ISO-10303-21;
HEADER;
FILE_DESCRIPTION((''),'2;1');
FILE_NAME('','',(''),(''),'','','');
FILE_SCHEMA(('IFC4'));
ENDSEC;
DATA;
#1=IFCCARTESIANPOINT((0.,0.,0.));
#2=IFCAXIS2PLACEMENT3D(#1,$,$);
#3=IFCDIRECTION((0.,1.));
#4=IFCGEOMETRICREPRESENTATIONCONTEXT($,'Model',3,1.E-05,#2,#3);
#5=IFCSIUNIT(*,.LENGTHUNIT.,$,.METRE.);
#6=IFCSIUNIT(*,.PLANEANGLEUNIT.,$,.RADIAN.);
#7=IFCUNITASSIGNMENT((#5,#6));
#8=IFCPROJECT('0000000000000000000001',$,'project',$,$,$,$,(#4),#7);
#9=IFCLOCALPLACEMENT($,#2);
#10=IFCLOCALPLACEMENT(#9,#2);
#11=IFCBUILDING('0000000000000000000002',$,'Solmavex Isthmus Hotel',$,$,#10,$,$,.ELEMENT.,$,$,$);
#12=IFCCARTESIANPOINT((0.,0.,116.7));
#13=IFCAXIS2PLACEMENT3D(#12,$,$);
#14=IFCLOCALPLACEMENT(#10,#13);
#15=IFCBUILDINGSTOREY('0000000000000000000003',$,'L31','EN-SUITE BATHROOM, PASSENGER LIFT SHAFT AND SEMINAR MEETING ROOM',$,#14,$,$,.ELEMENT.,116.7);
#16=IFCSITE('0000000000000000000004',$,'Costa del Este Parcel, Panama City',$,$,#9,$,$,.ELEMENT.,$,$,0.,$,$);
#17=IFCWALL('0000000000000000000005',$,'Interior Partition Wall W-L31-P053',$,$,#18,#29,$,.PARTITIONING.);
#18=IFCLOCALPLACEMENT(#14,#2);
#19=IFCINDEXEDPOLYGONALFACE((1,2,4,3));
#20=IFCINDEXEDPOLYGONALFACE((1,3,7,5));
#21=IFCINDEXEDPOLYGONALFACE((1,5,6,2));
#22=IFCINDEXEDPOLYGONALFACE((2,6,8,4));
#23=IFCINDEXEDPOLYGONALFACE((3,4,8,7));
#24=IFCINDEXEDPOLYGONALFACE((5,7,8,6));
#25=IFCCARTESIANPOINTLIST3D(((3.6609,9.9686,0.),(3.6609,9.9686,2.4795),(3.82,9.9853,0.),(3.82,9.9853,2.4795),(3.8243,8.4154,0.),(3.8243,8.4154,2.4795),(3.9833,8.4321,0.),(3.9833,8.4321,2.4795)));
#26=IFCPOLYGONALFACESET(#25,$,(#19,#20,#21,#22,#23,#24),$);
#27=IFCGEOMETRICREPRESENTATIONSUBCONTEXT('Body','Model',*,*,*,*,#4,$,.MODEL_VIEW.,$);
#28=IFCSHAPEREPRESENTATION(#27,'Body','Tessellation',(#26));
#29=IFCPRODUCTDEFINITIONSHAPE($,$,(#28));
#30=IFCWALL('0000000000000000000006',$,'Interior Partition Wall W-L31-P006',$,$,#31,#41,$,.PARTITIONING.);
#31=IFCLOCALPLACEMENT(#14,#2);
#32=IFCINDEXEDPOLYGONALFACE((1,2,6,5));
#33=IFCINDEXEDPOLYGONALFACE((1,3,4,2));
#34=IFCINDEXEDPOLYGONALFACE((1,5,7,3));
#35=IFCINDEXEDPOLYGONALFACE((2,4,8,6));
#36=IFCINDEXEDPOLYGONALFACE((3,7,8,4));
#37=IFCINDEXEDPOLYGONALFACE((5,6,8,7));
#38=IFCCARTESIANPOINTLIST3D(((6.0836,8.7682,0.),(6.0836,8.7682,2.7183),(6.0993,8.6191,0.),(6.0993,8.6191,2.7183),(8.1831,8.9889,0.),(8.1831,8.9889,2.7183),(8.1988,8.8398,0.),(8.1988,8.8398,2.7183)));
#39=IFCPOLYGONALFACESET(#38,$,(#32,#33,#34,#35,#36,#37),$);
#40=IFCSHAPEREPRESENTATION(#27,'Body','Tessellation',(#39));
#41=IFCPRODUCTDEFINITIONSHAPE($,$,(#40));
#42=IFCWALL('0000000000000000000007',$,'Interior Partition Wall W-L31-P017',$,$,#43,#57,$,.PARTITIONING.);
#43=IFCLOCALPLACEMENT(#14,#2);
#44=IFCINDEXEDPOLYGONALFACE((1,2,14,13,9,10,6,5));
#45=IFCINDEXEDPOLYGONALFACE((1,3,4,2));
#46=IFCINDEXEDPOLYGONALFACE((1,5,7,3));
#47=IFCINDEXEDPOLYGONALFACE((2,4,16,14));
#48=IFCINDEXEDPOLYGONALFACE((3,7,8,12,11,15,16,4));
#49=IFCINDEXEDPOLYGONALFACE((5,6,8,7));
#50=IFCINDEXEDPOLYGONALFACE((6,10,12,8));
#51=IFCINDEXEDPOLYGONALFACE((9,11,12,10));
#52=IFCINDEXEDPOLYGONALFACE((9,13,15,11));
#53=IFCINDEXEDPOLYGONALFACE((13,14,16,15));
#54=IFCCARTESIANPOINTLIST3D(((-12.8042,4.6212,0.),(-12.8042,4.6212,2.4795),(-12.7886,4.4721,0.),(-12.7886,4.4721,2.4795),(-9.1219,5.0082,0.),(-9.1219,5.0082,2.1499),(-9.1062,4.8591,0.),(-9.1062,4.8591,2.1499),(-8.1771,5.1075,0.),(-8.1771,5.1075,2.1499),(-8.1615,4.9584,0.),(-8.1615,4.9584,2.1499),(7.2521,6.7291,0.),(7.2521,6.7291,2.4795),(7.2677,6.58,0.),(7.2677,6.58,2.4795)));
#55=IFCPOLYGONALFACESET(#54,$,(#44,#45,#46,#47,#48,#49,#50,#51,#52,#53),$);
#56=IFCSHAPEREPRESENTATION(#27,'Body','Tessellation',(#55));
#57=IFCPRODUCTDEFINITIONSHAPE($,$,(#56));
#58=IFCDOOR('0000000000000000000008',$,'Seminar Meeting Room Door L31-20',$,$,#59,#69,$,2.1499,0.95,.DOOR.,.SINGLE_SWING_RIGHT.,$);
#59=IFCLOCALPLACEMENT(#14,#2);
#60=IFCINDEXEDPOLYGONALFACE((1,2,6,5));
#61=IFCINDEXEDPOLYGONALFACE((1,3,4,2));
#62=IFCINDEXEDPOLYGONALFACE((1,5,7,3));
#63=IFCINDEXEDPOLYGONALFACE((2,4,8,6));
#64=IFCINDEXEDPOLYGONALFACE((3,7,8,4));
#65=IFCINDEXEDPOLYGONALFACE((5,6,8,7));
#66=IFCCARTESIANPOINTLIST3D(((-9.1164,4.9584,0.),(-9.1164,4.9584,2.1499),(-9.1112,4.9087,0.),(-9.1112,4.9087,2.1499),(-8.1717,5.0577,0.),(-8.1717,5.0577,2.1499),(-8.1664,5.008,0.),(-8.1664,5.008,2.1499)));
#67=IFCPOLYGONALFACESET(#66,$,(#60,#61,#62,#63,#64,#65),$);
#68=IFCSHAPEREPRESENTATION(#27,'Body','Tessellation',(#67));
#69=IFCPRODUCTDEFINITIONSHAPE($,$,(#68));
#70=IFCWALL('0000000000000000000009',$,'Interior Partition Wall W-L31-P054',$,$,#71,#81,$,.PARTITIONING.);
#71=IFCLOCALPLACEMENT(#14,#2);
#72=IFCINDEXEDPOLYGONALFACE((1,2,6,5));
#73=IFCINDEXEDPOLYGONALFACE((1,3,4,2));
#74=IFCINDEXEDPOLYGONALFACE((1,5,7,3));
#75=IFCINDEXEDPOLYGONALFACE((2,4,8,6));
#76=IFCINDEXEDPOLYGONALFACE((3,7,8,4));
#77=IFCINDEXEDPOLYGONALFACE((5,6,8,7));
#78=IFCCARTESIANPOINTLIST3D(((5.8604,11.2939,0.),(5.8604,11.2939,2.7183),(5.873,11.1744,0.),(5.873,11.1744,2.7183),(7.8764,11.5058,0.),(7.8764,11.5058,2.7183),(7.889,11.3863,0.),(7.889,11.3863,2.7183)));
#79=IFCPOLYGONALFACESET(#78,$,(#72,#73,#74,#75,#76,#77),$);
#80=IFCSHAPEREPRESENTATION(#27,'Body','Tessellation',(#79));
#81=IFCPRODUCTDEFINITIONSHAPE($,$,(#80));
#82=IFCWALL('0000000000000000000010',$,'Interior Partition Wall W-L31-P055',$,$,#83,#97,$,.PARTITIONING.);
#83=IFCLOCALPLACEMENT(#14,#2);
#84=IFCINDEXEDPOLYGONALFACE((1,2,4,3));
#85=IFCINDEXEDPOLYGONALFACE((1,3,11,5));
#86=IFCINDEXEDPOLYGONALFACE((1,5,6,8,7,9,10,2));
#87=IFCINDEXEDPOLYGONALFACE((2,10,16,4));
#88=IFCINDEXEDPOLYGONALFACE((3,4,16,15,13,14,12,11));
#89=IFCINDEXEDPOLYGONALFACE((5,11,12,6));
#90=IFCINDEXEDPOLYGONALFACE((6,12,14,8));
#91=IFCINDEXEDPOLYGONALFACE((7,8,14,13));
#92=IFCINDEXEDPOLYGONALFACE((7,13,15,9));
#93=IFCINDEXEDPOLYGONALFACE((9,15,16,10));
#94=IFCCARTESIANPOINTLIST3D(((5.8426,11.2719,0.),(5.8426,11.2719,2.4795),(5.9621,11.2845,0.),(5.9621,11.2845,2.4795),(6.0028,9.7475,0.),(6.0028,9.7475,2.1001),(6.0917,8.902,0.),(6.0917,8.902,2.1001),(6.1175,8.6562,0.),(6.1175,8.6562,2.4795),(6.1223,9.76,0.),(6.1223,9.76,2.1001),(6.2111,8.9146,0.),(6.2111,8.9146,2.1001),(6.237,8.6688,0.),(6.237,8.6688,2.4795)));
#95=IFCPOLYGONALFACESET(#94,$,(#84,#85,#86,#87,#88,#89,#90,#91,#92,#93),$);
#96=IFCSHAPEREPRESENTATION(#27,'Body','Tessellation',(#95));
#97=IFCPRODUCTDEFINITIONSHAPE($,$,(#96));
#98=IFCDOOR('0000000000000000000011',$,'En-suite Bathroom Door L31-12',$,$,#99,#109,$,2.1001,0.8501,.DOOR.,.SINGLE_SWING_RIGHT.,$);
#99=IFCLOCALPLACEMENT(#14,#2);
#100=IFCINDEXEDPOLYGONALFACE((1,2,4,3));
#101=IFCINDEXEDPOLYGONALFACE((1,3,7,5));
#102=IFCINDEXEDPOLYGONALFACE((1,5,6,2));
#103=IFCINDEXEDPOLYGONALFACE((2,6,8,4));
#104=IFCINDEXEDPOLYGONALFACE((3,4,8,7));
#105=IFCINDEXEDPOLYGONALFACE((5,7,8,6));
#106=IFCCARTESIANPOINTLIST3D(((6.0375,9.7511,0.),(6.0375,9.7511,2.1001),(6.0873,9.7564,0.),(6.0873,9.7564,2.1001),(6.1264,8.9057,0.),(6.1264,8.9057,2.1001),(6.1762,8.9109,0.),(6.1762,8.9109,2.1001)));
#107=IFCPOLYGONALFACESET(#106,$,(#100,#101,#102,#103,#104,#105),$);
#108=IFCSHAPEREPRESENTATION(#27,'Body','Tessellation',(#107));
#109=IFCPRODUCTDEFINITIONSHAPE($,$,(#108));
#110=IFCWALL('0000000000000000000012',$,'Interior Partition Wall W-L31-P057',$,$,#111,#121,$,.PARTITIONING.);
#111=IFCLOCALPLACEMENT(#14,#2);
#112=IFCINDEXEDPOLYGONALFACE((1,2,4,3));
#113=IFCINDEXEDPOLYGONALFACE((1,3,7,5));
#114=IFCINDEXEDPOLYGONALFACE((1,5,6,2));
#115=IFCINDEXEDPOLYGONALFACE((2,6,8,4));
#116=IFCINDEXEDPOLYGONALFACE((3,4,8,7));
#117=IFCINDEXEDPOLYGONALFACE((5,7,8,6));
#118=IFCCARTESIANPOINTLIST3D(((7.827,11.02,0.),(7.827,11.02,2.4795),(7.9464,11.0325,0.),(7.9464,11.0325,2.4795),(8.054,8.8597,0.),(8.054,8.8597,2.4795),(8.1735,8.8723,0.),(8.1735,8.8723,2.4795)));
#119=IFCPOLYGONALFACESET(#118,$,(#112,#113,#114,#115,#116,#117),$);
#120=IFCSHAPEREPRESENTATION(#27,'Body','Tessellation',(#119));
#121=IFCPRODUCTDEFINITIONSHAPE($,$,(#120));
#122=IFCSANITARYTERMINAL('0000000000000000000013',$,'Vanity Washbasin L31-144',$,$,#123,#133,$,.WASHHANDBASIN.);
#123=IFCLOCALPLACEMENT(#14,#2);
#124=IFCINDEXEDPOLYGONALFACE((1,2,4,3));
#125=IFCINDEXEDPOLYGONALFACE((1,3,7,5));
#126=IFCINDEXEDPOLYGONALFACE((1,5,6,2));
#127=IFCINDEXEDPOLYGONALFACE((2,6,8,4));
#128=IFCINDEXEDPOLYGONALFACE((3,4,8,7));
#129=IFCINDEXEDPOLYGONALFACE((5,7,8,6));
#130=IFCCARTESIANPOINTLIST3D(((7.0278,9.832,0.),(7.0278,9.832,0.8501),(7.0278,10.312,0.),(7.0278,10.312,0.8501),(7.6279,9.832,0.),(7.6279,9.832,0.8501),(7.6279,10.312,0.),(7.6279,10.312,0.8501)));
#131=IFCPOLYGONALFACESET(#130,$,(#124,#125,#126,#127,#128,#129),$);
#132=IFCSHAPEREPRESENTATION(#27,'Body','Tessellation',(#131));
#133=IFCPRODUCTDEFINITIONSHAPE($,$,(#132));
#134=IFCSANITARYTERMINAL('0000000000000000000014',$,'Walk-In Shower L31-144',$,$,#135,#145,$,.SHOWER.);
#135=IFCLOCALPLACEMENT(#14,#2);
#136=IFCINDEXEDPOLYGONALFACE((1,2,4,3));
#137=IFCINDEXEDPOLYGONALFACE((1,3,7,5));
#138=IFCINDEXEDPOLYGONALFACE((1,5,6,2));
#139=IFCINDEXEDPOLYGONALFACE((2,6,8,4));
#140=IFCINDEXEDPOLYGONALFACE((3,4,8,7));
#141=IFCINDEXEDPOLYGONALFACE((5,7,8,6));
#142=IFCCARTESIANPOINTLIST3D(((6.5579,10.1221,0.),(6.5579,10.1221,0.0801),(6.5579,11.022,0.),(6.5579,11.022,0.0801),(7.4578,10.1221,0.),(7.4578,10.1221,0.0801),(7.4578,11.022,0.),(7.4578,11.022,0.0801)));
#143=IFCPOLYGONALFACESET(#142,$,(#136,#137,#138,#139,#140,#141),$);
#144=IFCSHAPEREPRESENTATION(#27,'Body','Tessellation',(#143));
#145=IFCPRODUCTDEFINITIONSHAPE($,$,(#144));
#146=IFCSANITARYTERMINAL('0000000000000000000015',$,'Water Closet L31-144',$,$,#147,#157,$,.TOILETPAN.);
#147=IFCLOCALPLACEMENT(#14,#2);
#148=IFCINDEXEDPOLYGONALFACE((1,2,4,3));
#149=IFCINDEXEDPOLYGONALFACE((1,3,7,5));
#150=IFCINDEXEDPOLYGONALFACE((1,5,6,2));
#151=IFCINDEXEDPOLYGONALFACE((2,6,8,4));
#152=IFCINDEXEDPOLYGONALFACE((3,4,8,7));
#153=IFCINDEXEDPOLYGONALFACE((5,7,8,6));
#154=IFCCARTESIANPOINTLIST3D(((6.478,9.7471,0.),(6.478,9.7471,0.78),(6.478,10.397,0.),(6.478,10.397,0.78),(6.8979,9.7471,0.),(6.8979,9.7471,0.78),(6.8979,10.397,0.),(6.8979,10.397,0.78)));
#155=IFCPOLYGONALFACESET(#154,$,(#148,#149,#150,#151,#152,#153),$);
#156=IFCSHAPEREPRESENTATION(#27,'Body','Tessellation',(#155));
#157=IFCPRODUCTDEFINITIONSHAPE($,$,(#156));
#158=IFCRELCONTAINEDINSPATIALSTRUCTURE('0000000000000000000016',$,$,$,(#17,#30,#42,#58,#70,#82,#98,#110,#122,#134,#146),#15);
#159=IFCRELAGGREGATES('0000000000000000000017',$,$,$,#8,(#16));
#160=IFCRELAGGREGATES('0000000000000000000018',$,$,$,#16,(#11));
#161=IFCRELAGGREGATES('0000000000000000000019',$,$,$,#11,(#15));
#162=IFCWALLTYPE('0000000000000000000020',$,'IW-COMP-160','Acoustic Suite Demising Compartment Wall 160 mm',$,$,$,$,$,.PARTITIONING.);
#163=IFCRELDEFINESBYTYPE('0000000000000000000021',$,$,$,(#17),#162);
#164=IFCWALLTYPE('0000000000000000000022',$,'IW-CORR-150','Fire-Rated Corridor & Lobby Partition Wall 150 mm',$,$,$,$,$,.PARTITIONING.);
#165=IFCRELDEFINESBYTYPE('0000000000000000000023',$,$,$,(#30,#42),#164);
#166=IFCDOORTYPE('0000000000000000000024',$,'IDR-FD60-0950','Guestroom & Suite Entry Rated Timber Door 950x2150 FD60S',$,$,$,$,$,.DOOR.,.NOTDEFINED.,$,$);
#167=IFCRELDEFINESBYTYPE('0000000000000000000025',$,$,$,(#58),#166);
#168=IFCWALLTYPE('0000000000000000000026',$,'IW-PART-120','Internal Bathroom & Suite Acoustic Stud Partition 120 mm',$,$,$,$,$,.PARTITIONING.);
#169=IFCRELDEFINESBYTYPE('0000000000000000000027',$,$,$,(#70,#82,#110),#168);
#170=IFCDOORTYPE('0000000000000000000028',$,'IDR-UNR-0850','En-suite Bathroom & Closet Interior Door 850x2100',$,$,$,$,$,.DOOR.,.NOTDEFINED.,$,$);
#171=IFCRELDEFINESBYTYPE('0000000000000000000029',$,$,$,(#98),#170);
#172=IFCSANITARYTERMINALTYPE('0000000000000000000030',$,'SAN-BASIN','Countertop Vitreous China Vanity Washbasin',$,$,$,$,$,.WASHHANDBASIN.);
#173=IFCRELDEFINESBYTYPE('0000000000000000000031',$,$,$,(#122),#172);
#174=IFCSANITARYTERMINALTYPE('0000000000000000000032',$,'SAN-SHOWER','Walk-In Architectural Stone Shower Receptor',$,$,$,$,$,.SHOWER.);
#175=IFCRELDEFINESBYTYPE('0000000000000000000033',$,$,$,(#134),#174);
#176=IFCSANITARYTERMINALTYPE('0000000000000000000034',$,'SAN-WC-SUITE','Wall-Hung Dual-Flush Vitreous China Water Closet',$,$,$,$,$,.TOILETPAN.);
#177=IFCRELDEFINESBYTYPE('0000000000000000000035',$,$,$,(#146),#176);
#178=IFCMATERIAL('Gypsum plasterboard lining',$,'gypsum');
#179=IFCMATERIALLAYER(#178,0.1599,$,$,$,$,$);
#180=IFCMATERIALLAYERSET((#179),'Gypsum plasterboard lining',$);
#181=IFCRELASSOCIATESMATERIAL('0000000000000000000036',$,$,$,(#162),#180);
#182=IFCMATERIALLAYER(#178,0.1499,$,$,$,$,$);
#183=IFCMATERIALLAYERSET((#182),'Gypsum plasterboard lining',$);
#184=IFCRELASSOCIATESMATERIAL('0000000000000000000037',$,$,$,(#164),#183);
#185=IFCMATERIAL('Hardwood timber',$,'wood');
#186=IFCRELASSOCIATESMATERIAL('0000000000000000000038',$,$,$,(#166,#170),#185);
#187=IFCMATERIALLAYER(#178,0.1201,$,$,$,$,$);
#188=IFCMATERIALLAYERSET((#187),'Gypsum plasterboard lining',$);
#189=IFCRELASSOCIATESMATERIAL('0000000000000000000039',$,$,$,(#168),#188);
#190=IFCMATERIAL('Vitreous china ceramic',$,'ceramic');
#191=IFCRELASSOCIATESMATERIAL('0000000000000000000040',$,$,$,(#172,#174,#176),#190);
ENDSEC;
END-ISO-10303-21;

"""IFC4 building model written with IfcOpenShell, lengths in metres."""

from ifc_helpers import new_model, si_unit, direction, frame, frame_2d, origin, origin_2d, place, context, subcontext, project, spatial, rectangle, extrude, material, layer, layer_set, type_object, element, fill, save


model = new_model("IFC4")

# Units and contexts
model_context = context("Model", 3, precision=1e-05, world=origin(), true_north=direction((0.0, 1.0)))
body_context = subcontext(model_context, "Body", "Model", "MODEL_VIEW")
ifc_project = project(units=[si_unit("LENGTHUNIT", "METRE"), si_unit("PLANEANGLEUNIT", "RADIAN")], contexts=[model_context])

# Site, building, storey
site_placement = place(None, origin())
site = spatial("IfcSite", under=ifc_project, at=site_placement, Name="Costa del Este Parcel, Panama City", CompositionType="ELEMENT", RefElevation=0.0)
building_placement = place(site_placement, origin())
building = spatial("IfcBuilding", under=site, at=building_placement, Name="Solmavex Isthmus Hotel", CompositionType="ELEMENT")
storey_placement = place(building_placement, frame((0.0, 0.0, 116.7)))
storey = spatial("IfcBuildingStorey", under=building, at=storey_placement, Name="L31", Description="EN-SUITE BATHROOM, PASSENGER LIFT SHAFT AND SEMINAR MEETING ROOM", CompositionType="ELEMENT", Elevation=116.7)

# Wall
ifc_material_1 = material(Name="Gypsum plasterboard lining", Category="gypsum")
ifc_layer_1 = layer(ifc_material_1, 0.1599)
ifc_layer_set_1 = layer_set([ifc_layer_1], Name="Gypsum plasterboard lining")
wall_type_1 = type_object("IfcWallType", Name="IW-COMP-160", Description="Acoustic Suite Demising Compartment Wall 160 mm", PredefinedType="PARTITIONING", material=ifc_layer_set_1)
wall_1_placement = place(storey_placement, frame((3.7405, 9.9768, 0.0), z_axis=(0.0, 0.0, 1.0), x_axis=(0.104579, -0.994517, 0.0)))
element("IfcWall", 1, at=wall_1_placement, inside=storey, type_object=wall_type_1, Name="Interior Partition Wall W-L31-P053", PredefinedType="PARTITIONING", context=body_context, shape_type="SweptSolid", body=[
    extrude(rectangle(XDim=1.5618, YDim=0.1599, at=frame_2d((0.7808, 0.0))), origin(), (0.0, 0.0, 1.0), 2.4795),
])

# Shared definitions
ifc_layer_2 = layer(ifc_material_1, 0.1499)
ifc_layer_set_2 = layer_set([ifc_layer_2], Name="Gypsum plasterboard lining")
wall_type_2 = type_object("IfcWallType", Name="IW-CORR-150", Description="Fire-Rated Corridor & Lobby Partition Wall 150 mm", PredefinedType="PARTITIONING", material=ifc_layer_set_2)
ifc_material_2 = material(Name="Hardwood timber", Category="wood")
door_type_1 = type_object("IfcDoorType", Name="IDR-FD60-0950", Description="Guestroom & Suite Entry Rated Timber Door 950x2150 FD60S", OperationType="NOTDEFINED", PredefinedType="DOOR", material=ifc_material_2)

# Wall
wall_2_placement = place(storey_placement, frame((6.0913, 8.6936, 0.0), z_axis=(0.0, 0.0, 1.0), x_axis=(0.994521, 0.10454, 0.0)))
element("IfcWall", 2, at=wall_2_placement, inside=storey, type_object=wall_type_2, Name="Interior Partition Wall W-L31-P006", PredefinedType="PARTITIONING", context=body_context, shape_type="SweptSolid", body=[
    extrude(rectangle(XDim=2.1111, YDim=0.1499, at=frame_2d((1.0557, 0.0))), origin(), (0.0, 0.0, 1.0), 2.7183),
])

# Wall, opening, door
wall_3_placement = place(storey_placement, frame((7.26, 6.6545, 0.0), z_axis=(0.0, 0.0, 1.0), x_axis=(-0.994522, -0.104523, 0.0)))
wall_3 = element("IfcWall", 3, at=wall_3_placement, inside=storey, type_object=wall_type_2, Name="Interior Partition Wall W-L31-P017", PredefinedType="PARTITIONING", context=body_context, shape_type="SweptSolid", body=[
    extrude(rectangle(XDim=20.1667, YDim=0.1499, at=frame_2d((10.0835, 0.0))), origin(), (0.0, 0.0, 1.0), 2.4795),
])
opening_1_placement = place(wall_3_placement, frame((15.5142, 0.0, 0.0)))
opening_1 = element("IfcOpeningElement", 4, at=opening_1_placement, cuts=wall_3, PredefinedType="OPENING", context=body_context, shape_type="SweptSolid", body=[
    extrude(rectangle(XDim=0.95, YDim=2.1499, at=frame_2d((0.4751, 1.075))), frame((0.0, 0.085, 0.0), z_axis=(0.0, -1.0, 0.0), x_axis=(1.0, 0.0, 0.0)), (0.0, 0.0, 1.0), 0.1699),
])
door_1_placement = place(opening_1_placement, frame((0.95, 0.0, 0.0), z_axis=(0.0, 0.0, 1.0), x_axis=(-1.0, 0.0, 0.0)))
door_1 = element("IfcDoor", 5, at=door_1_placement, inside=storey, type_object=door_type_1, Name="Seminar Meeting Room Door L31-20", OperationType="SINGLE_SWING_RIGHT", OverallHeight=2.1499, OverallWidth=0.95, PredefinedType="DOOR", context=body_context, shape_type="SweptSolid", body=[
    extrude(rectangle(XDim=0.95, YDim=2.1499, at=frame_2d((0.4751, 1.075))), frame((0.0, 0.0249, 0.0), z_axis=(0.0, -1.0, 0.0), x_axis=(1.0, 0.0, 0.0)), (0.0, 0.0, 1.0), 0.05),
])
fill(opening_1, door_1)

# Wall
ifc_layer_3 = layer(ifc_material_1, 0.1201)
ifc_layer_set_3 = layer_set([ifc_layer_3], Name="Gypsum plasterboard lining")
wall_type_3 = type_object("IfcWallType", Name="IW-PART-120", Description="Internal Bathroom & Suite Acoustic Stud Partition 120 mm", PredefinedType="PARTITIONING", material=ifc_layer_set_3)
wall_4_placement = place(storey_placement, frame((7.8828, 11.446, 0.0), z_axis=(0.0, 0.0, 1.0), x_axis=(-0.994521, -0.104534, 0.0)))
element("IfcWall", 6, at=wall_4_placement, inside=storey, type_object=wall_type_3, Name="Interior Partition Wall W-L31-P054", PredefinedType="PARTITIONING", context=body_context, shape_type="SweptSolid", body=[
    extrude(rectangle(XDim=2.0271, YDim=0.1201, at=frame_2d((1.0137, 0.0))), origin(), (0.0, 0.0, 1.0), 2.7183),
])

# Wall, opening, door
wall_5_placement = place(storey_placement, frame((5.9023, 11.2781, 0.0), z_axis=(0.0, 0.0, 1.0), x_axis=(0.10452, -0.994523, 0.0)))
wall_5 = element("IfcWall", 7, at=wall_5_placement, inside=storey, type_object=wall_type_3, Name="Interior Partition Wall W-L31-P055", PredefinedType="PARTITIONING", context=body_context, shape_type="SweptSolid", body=[
    extrude(rectangle(XDim=2.6301, YDim=0.1201, at=frame_2d((1.3149, 0.0))), origin(), (0.0, 0.0, 1.0), 2.4795),
])
opening_2_placement = place(wall_5_placement, frame((1.5327, 0.0, 0.0)))
opening_2 = element("IfcOpeningElement", 8, at=opening_2_placement, cuts=wall_5, PredefinedType="OPENING", context=body_context, shape_type="SweptSolid", body=[
    extrude(rectangle(XDim=0.8501, YDim=2.1001, at=frame_2d((0.425, 1.05))), frame((0.0, 0.0701, 0.0), z_axis=(0.0, -1.0, 0.0), x_axis=(1.0, 0.0, 0.0)), (0.0, 0.0, 1.0), 0.1401),
])
door_type_2 = type_object("IfcDoorType", Name="IDR-UNR-0850", Description="En-suite Bathroom & Closet Interior Door 850x2100", OperationType="NOTDEFINED", PredefinedType="DOOR", material=ifc_material_2)
door_2_placement = place(opening_2_placement, origin())
door_2 = element("IfcDoor", 9, at=door_2_placement, inside=storey, type_object=door_type_2, Name="En-suite Bathroom Door L31-12", OperationType="SINGLE_SWING_RIGHT", OverallHeight=2.1001, OverallWidth=0.8501, PredefinedType="DOOR", context=body_context, shape_type="SweptSolid", body=[
    extrude(rectangle(XDim=0.8501, YDim=2.1001, at=frame_2d((0.425, 1.05))), frame((0.0, 0.0249, 0.0), z_axis=(0.0, -1.0, 0.0), x_axis=(1.0, 0.0, 0.0)), (0.0, 0.0, 1.0), 0.05),
])
fill(opening_2, door_2)

# Wall
wall_6_placement = place(storey_placement, frame((7.8867, 11.0261, 0.0), z_axis=(0.0, 0.0, 1.0), x_axis=(0.104533, -0.994521, 0.0)))
element("IfcWall", 10, at=wall_6_placement, inside=storey, type_object=wall_type_3, Name="Interior Partition Wall W-L31-P057", PredefinedType="PARTITIONING", context=body_context, shape_type="SweptSolid", body=[
    extrude(rectangle(XDim=2.1721, YDim=0.1201, at=frame_2d((1.0859, 0.0))), origin(), (0.0, 0.0, 1.0), 2.4795),
])

# Sanitary terminals
ifc_material_3 = material(Name="Vitreous china ceramic", Category="ceramic")
sanitary_terminal_type_1 = type_object("IfcSanitaryTerminalType", Name="SAN-BASIN", Description="Countertop Vitreous China Vanity Washbasin", PredefinedType="WASHHANDBASIN", material=ifc_material_3)
sanitary_terminal_1_placement = place(storey_placement, frame((7.3279, 10.072, 0.0), z_axis=(0.0, 0.0, 1.0), x_axis=(1.0, 0.0, 0.0)))
element("IfcSanitaryTerminal", 11, at=sanitary_terminal_1_placement, inside=storey, type_object=sanitary_terminal_type_1, Name="Vanity Washbasin L31-144", PredefinedType="WASHHANDBASIN", context=body_context, shape_type="SweptSolid", body=[
    extrude(rectangle(XDim=0.6001, YDim=0.48, at=origin_2d()), origin(), (0.0, 0.0, 1.0), 0.8501),
])
sanitary_terminal_type_2 = type_object("IfcSanitaryTerminalType", Name="SAN-SHOWER", Description="Walk-In Architectural Stone Shower Receptor", PredefinedType="SHOWER", material=ifc_material_3)
sanitary_terminal_2_placement = place(storey_placement, frame((7.0078, 10.572, 0.0), z_axis=(0.0, 0.0, 1.0), x_axis=(1.0, 0.0, 0.0)))
element("IfcSanitaryTerminal", 12, at=sanitary_terminal_2_placement, inside=storey, type_object=sanitary_terminal_type_2, Name="Walk-In Shower L31-144", PredefinedType="SHOWER", context=body_context, shape_type="SweptSolid", body=[
    extrude(rectangle(XDim=0.8999, YDim=0.8999, at=origin_2d()), origin(), (0.0, 0.0, 1.0), 0.0801),
])
sanitary_terminal_type_3 = type_object("IfcSanitaryTerminalType", Name="SAN-WC-SUITE", Description="Wall-Hung Dual-Flush Vitreous China Water Closet", PredefinedType="TOILETPAN", material=ifc_material_3)
sanitary_terminal_3_placement = place(storey_placement, frame((6.688, 10.072, 0.0), z_axis=(0.0, 0.0, 1.0), x_axis=(1.0, 0.0, 0.0)))
element("IfcSanitaryTerminal", 13, at=sanitary_terminal_3_placement, inside=storey, type_object=sanitary_terminal_type_3, Name="Water Closet L31-144", PredefinedType="TOILETPAN", context=body_context, shape_type="SweptSolid", body=[
    extrude(rectangle(XDim=0.4199, YDim=0.6499, at=origin_2d()), origin(), (0.0, 0.0, 1.0), 0.78),
])

save(model, "model.ifc")
